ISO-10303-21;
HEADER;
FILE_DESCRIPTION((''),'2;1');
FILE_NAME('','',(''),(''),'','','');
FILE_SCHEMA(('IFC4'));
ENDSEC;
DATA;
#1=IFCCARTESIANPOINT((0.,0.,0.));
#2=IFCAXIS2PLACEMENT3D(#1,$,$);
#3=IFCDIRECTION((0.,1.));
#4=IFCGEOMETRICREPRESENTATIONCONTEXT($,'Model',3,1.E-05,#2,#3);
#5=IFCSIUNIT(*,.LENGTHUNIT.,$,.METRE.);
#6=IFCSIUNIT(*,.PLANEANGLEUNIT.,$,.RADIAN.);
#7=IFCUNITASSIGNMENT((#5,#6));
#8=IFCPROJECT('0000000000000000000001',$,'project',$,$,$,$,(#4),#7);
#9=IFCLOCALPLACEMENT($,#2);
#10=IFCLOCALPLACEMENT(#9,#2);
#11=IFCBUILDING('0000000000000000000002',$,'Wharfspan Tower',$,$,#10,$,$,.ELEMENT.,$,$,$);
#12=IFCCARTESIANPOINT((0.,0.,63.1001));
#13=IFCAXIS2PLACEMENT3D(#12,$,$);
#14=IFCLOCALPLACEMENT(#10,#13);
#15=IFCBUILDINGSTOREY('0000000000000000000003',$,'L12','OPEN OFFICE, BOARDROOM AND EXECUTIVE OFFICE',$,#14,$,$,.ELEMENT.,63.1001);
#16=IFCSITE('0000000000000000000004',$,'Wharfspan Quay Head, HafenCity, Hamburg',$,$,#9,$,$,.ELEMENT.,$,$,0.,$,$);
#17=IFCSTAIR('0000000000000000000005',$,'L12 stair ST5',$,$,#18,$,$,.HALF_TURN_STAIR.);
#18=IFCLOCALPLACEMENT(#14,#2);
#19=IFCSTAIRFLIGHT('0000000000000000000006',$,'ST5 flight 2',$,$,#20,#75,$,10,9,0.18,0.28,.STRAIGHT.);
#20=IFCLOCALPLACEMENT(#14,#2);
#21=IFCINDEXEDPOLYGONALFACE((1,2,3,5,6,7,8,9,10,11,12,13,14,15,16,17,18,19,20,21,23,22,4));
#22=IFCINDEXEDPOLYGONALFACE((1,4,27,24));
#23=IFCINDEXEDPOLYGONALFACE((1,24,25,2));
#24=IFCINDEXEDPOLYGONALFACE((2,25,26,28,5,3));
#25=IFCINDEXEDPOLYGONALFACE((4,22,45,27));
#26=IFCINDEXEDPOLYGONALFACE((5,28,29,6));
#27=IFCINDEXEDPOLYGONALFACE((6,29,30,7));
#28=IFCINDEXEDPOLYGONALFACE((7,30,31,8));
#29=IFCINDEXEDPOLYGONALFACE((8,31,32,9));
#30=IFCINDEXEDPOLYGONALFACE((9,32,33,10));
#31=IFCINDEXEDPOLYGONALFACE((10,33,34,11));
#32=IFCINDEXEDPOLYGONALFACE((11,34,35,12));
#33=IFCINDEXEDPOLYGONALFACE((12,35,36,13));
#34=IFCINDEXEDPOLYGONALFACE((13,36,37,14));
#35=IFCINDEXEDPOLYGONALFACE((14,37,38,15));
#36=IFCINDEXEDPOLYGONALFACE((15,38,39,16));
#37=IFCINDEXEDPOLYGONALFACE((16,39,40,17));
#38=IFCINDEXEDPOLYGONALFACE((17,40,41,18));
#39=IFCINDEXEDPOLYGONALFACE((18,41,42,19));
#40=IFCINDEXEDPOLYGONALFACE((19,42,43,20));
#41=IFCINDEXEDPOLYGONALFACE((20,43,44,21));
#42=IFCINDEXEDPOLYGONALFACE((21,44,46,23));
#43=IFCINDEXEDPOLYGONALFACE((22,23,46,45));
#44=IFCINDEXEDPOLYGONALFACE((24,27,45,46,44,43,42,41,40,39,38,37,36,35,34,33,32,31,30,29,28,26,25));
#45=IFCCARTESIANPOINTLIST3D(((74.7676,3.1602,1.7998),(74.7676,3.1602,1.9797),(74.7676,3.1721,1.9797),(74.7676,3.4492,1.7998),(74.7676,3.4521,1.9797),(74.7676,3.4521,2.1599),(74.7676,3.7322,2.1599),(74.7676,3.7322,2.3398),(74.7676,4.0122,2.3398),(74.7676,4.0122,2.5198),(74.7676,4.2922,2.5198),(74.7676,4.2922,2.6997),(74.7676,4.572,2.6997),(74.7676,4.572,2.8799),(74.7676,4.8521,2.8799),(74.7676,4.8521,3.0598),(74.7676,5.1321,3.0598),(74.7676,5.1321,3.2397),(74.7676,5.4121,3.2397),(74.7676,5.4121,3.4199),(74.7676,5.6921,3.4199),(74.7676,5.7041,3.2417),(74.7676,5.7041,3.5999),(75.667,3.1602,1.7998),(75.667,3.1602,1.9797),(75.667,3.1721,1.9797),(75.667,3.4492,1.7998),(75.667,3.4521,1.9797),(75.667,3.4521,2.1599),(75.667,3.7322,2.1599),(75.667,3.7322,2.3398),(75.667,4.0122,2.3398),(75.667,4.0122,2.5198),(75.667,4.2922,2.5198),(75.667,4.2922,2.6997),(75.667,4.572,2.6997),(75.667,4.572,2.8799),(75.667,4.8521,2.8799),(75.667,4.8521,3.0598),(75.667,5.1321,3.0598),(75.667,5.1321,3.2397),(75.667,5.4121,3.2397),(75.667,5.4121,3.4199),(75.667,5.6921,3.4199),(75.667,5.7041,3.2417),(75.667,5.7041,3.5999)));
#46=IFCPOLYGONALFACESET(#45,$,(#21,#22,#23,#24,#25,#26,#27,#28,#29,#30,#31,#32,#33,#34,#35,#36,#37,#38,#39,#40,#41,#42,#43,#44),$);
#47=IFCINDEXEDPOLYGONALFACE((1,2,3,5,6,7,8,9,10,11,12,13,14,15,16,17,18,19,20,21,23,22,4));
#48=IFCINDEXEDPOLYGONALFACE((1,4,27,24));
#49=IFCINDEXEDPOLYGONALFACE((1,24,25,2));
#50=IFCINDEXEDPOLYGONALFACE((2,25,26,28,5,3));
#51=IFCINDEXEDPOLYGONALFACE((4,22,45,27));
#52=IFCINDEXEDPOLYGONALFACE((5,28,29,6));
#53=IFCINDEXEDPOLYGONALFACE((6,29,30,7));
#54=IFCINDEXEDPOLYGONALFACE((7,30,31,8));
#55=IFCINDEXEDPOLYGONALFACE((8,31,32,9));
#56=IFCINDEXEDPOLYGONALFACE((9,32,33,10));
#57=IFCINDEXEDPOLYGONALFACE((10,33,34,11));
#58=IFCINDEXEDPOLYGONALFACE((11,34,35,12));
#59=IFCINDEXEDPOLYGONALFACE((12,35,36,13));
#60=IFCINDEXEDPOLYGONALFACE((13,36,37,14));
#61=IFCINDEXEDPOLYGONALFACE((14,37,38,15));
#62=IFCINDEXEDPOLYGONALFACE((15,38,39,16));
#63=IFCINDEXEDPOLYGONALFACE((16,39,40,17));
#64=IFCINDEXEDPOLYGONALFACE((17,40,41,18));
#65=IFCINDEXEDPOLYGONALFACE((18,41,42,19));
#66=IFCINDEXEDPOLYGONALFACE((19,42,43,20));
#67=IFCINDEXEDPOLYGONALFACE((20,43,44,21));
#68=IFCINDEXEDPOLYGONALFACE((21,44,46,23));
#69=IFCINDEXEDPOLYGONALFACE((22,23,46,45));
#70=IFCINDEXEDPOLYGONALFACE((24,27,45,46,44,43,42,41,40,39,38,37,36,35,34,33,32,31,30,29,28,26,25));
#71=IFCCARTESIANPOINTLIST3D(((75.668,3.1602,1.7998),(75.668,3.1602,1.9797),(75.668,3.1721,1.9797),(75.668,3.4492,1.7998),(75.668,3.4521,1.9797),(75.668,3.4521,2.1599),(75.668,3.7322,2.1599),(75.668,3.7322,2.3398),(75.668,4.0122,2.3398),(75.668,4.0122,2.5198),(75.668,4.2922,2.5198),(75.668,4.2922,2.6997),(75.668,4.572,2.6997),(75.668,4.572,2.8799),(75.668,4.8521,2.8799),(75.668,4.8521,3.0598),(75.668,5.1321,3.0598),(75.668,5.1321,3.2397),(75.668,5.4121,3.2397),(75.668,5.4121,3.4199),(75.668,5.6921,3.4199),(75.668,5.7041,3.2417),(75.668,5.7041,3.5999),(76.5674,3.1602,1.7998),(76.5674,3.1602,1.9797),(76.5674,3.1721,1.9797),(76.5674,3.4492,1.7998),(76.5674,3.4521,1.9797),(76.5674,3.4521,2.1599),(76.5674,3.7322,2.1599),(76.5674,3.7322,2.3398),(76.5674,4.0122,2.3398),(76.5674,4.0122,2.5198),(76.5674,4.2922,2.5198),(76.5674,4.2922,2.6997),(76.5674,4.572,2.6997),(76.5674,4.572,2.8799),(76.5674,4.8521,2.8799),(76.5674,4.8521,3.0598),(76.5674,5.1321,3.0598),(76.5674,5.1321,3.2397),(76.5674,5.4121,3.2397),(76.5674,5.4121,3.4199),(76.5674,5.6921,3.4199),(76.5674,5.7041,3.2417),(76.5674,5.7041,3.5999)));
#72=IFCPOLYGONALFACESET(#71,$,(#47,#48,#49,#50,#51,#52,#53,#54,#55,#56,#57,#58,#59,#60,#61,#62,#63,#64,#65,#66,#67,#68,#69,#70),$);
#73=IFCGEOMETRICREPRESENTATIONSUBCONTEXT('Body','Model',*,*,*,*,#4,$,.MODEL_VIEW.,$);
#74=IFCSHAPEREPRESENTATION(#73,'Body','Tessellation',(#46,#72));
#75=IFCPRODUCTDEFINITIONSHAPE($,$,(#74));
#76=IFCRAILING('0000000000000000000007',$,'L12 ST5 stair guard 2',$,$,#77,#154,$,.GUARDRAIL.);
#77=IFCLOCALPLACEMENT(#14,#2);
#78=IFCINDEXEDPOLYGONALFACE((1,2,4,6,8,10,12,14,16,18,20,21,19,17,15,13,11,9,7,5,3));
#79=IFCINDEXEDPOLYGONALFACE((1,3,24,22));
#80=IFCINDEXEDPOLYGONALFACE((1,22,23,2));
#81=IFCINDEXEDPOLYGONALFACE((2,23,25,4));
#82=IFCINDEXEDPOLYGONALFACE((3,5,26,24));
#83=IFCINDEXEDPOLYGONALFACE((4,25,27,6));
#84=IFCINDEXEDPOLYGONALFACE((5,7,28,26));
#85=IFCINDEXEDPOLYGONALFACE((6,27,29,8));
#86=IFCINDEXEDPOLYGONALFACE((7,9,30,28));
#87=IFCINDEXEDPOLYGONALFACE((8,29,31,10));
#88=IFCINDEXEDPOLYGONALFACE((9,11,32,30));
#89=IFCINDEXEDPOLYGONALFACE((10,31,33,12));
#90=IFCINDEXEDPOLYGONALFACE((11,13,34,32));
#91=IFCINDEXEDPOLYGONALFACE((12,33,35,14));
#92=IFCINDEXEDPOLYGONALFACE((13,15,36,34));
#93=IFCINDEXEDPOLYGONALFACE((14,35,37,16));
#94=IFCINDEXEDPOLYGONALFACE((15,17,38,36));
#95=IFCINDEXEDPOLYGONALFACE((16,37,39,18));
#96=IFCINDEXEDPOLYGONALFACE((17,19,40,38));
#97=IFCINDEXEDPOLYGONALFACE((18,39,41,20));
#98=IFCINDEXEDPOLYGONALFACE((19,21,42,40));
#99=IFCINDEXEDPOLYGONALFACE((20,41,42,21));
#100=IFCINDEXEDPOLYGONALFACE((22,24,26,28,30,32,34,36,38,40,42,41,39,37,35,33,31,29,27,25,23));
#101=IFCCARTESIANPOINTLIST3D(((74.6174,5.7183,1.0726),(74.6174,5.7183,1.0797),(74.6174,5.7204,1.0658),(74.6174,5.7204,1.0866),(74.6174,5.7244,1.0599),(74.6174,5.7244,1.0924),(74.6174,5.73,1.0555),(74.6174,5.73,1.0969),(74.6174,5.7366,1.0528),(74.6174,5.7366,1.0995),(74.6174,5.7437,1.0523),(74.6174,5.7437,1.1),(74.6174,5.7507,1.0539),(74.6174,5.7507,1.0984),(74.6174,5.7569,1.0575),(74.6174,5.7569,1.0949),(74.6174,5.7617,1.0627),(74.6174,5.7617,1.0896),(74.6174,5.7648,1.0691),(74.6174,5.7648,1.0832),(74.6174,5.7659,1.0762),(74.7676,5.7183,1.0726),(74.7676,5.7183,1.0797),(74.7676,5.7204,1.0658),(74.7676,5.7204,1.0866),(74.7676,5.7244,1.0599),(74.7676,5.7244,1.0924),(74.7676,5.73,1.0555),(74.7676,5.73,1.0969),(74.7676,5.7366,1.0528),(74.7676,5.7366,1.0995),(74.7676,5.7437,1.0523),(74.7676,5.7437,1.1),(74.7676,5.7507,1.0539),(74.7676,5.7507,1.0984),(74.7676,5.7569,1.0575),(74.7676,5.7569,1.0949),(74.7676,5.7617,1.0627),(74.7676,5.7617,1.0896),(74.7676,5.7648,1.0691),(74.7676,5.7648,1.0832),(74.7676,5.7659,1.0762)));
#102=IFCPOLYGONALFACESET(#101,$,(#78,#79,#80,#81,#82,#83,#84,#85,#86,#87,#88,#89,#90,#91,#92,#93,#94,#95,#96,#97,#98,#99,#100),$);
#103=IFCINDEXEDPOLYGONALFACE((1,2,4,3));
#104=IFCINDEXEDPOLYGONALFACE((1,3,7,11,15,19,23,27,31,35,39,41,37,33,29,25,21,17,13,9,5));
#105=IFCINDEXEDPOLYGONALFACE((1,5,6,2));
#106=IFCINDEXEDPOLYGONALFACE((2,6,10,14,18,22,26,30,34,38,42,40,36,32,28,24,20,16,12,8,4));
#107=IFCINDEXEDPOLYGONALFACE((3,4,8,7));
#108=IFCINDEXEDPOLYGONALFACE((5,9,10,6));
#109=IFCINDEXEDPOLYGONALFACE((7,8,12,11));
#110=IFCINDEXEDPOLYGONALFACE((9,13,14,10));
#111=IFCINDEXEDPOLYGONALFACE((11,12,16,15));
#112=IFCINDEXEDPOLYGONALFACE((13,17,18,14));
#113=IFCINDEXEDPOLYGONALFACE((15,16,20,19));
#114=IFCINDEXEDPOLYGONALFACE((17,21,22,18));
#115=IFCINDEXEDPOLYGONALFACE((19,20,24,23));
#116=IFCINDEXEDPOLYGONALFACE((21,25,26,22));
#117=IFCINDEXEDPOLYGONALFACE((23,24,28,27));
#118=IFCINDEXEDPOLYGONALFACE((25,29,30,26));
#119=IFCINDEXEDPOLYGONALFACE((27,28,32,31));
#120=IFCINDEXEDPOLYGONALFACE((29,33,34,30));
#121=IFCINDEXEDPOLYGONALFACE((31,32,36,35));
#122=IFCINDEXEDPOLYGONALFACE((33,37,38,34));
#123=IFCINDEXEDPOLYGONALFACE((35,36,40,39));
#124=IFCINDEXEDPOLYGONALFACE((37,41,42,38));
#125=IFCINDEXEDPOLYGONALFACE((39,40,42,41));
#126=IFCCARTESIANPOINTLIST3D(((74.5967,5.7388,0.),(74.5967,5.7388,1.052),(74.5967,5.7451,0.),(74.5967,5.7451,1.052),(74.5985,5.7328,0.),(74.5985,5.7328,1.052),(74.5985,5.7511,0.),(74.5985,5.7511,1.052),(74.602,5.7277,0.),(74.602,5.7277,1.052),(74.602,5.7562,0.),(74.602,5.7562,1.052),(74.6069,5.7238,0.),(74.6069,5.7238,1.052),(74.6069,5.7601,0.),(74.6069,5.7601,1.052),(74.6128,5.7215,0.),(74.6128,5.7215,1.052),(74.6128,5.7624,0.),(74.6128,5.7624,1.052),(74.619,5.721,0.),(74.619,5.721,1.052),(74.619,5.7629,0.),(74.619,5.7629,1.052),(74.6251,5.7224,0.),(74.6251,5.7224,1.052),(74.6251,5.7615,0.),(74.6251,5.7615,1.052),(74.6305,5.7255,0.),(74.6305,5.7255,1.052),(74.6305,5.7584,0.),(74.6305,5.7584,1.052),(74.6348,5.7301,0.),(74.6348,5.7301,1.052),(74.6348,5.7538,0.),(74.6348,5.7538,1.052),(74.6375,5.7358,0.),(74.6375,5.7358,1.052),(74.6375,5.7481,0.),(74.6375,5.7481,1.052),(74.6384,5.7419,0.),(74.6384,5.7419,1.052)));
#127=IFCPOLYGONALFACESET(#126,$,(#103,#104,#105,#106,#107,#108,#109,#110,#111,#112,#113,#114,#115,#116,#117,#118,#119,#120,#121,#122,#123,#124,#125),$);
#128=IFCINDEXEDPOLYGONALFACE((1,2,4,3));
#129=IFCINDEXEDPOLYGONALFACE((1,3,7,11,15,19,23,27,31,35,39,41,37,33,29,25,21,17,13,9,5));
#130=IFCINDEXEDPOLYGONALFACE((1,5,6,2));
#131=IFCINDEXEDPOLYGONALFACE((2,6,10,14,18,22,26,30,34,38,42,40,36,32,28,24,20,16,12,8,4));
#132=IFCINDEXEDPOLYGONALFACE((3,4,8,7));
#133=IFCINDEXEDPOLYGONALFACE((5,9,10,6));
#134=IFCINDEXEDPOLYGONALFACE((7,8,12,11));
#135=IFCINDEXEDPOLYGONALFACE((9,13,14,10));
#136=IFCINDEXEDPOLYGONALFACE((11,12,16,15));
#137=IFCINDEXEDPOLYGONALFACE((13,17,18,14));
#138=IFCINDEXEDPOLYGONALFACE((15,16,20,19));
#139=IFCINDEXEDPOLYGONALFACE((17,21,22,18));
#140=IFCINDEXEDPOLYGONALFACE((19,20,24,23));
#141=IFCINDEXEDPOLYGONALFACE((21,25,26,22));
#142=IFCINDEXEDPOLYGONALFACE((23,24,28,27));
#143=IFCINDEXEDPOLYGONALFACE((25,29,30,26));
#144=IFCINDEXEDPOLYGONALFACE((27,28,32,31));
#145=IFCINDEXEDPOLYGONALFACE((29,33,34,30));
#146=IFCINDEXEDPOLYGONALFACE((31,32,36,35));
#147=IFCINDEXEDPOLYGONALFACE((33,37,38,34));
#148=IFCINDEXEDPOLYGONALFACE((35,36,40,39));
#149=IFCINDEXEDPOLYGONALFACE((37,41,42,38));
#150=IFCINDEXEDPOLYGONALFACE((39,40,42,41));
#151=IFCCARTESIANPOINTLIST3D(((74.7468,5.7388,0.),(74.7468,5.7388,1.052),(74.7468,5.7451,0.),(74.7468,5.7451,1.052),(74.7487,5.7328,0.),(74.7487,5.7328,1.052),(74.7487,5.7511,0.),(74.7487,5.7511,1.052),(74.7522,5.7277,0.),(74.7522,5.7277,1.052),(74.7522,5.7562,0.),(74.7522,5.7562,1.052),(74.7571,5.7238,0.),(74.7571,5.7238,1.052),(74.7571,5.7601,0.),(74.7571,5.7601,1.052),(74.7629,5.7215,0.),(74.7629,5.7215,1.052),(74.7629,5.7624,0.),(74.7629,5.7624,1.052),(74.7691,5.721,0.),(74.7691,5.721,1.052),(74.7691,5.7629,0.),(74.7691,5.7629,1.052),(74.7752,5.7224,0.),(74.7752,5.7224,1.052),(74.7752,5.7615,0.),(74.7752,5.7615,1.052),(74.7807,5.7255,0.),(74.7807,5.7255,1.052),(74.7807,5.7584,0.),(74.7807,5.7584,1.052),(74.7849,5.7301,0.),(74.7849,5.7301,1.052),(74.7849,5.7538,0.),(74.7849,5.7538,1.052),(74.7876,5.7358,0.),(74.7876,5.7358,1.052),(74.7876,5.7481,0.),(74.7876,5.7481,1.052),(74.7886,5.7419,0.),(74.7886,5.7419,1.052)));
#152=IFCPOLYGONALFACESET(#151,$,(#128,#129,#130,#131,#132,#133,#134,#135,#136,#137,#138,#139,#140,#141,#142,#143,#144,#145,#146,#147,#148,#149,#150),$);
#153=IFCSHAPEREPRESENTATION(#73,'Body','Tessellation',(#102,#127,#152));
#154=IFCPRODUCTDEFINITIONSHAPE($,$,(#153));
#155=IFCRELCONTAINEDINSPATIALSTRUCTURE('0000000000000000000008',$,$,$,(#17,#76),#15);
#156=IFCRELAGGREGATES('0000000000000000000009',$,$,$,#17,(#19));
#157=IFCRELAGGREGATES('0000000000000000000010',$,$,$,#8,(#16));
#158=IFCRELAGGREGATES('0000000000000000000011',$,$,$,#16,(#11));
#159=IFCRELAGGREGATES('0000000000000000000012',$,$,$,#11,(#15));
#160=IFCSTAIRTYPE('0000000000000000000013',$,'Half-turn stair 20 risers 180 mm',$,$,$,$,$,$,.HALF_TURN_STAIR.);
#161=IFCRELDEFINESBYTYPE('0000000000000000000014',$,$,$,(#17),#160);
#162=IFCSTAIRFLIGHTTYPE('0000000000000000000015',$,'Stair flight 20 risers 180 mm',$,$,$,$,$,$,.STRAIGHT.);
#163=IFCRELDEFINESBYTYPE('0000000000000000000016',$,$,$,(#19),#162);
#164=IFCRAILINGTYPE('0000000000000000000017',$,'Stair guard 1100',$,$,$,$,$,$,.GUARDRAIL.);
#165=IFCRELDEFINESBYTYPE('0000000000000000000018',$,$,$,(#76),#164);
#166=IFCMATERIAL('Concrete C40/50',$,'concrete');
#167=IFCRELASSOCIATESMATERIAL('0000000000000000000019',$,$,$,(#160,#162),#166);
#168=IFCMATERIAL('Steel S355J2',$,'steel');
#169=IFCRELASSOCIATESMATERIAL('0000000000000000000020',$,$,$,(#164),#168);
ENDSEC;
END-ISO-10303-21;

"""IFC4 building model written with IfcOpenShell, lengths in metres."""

from ifc_helpers import new_model, si_unit, direction, frame, origin, origin_2d, place, context, subcontext, project, spatial, polyline, circle, outline, extrude, material, type_object, element, aggregate, save


model = new_model("IFC4")

# Units and contexts
model_context = context("Model", 3, precision=1e-05, world=origin(), true_north=direction((0.0, 1.0)))
body_context = subcontext(model_context, "Body", "Model", "MODEL_VIEW")
ifc_project = project(units=[si_unit("LENGTHUNIT", "METRE"), si_unit("PLANEANGLEUNIT", "RADIAN")], contexts=[model_context])

# Site, building, storey
site_placement = place(None, origin())
site = spatial("IfcSite", under=ifc_project, at=site_placement, Name="Wharfspan Quay Head, HafenCity, Hamburg", CompositionType="ELEMENT", RefElevation=0.0)
building_placement = place(site_placement, origin())
building = spatial("IfcBuilding", under=site, at=building_placement, Name="Wharfspan Tower", CompositionType="ELEMENT")
storey_placement = place(building_placement, frame((0.0, 0.0, 63.1001)))
storey = spatial("IfcBuildingStorey", under=building, at=storey_placement, Name="L12", Description="OPEN OFFICE, BOARDROOM AND EXECUTIVE OFFICE", CompositionType="ELEMENT", Elevation=63.1001)

# Shared definitions
ifc_material_1 = material(Name="Steel S355J2", Category="steel")

# Shared definitions
ifc_material_2 = material(Name="Concrete C40/50", Category="concrete")

# Stair, stair flight
stair_type = type_object("IfcStairType", Name="Half-turn stair 20 risers 180 mm", PredefinedType="HALF_TURN_STAIR", material=ifc_material_2)
stair_placement = place(storey_placement, origin())
stair = element("IfcStair", 1, at=stair_placement, inside=storey, type_object=stair_type, Name="L12 stair ST5", PredefinedType="HALF_TURN_STAIR")
stair_flight_type = type_object("IfcStairFlightType", Name="Stair flight 20 risers 180 mm", PredefinedType="STRAIGHT", material=ifc_material_2)
stair_flight_1_placement = place(storey_placement, frame((75.6675, 3.1721, 1.7998), z_axis=(0.0, 0.0, 1.0), x_axis=(0.0, 1.0, 0.0)))
stair_flight_1 = element("IfcStairFlight", 2, at=stair_flight_1_placement, type_object=stair_flight_type, Name="ST5 flight 2", NumberOfRisers=10, NumberOfTreads=9, PredefinedType="STRAIGHT", RiserHeight=0.18, TreadLength=0.28, context=body_context, shape_type="SweptSolid", body=[
    extrude(outline(polyline([(-0.012, 0.0), (-0.012, 0.1799), (0.0, 0.1799), (0.28, 0.1799), (0.28, 0.3601), (0.5601, 0.3601), (0.5601, 0.54), (0.8401, 0.54), (0.8401, 0.72), (1.1201, 0.72), (1.1201, 0.8999), (1.3999, 0.8999), (1.3999, 1.0801), (1.6799, 1.0801), (1.6799, 1.26), (1.96, 1.26), (1.96, 1.4399), (2.24, 1.4399), (2.24, 1.6201), (2.52, 1.6201), (2.532, 1.8), (2.532, 1.4419), (0.2771, 0.0), (-0.012, 0.0)])), frame((0.0, 0.8999, 0.0), z_axis=(0.0, -1.0, 0.0), x_axis=(1.0, 0.0, 0.0)), (0.0, 0.0, 1.0), 0.8994),
    extrude(outline(polyline([(-0.012, 0.0), (-0.012, 0.1799), (0.0, 0.1799), (0.28, 0.1799), (0.28, 0.3601), (0.5601, 0.3601), (0.5601, 0.54), (0.8401, 0.54), (0.8401, 0.72), (1.1201, 0.72), (1.1201, 0.8999), (1.3999, 0.8999), (1.3999, 1.0801), (1.6799, 1.0801), (1.6799, 1.26), (1.96, 1.26), (1.96, 1.4399), (2.24, 1.4399), (2.24, 1.6201), (2.52, 1.6201), (2.532, 1.8), (2.532, 1.4419), (0.2771, 0.0), (-0.012, 0.0)])), frame((0.0, -0.0005, 0.0), z_axis=(0.0, -1.0, 0.0), x_axis=(1.0, 0.0, 0.0)), (0.0, 0.0, 1.0), 0.8994),
])
aggregate(stair, [stair_flight_1])

# Railing
railing_type_1 = type_object("IfcRailingType", Name="Stair guard 1100", PredefinedType="GUARDRAIL", material=ifc_material_1)
railing_1_placement = place(storey_placement, frame((74.6174, 5.7419, 0.0)))
element("IfcRailing", 3, at=railing_1_placement, inside=storey, type_object=railing_type_1, Name="L12 ST5 stair guard 2", PredefinedType="GUARDRAIL", context=body_context, shape_type="SweptSolid", body=[
    extrude(circle(Radius=0.0239, at=origin_2d()), frame((0.0, 0.0, 1.0762), z_axis=(1.0, 0.0, 0.0), x_axis=(0.0, 1.0, 0.0)), (0.0, 0.0, 1.0), 0.1501),
    extrude(circle(Radius=0.021, at=origin_2d()), origin(), (0.0, 0.0, 1.0), 1.052),
    extrude(circle(Radius=0.021, at=origin_2d()), frame((0.1501, 0.0, 0.0)), (0.0, 0.0, 1.0), 1.052),
])

save(model, "model.ifc")
